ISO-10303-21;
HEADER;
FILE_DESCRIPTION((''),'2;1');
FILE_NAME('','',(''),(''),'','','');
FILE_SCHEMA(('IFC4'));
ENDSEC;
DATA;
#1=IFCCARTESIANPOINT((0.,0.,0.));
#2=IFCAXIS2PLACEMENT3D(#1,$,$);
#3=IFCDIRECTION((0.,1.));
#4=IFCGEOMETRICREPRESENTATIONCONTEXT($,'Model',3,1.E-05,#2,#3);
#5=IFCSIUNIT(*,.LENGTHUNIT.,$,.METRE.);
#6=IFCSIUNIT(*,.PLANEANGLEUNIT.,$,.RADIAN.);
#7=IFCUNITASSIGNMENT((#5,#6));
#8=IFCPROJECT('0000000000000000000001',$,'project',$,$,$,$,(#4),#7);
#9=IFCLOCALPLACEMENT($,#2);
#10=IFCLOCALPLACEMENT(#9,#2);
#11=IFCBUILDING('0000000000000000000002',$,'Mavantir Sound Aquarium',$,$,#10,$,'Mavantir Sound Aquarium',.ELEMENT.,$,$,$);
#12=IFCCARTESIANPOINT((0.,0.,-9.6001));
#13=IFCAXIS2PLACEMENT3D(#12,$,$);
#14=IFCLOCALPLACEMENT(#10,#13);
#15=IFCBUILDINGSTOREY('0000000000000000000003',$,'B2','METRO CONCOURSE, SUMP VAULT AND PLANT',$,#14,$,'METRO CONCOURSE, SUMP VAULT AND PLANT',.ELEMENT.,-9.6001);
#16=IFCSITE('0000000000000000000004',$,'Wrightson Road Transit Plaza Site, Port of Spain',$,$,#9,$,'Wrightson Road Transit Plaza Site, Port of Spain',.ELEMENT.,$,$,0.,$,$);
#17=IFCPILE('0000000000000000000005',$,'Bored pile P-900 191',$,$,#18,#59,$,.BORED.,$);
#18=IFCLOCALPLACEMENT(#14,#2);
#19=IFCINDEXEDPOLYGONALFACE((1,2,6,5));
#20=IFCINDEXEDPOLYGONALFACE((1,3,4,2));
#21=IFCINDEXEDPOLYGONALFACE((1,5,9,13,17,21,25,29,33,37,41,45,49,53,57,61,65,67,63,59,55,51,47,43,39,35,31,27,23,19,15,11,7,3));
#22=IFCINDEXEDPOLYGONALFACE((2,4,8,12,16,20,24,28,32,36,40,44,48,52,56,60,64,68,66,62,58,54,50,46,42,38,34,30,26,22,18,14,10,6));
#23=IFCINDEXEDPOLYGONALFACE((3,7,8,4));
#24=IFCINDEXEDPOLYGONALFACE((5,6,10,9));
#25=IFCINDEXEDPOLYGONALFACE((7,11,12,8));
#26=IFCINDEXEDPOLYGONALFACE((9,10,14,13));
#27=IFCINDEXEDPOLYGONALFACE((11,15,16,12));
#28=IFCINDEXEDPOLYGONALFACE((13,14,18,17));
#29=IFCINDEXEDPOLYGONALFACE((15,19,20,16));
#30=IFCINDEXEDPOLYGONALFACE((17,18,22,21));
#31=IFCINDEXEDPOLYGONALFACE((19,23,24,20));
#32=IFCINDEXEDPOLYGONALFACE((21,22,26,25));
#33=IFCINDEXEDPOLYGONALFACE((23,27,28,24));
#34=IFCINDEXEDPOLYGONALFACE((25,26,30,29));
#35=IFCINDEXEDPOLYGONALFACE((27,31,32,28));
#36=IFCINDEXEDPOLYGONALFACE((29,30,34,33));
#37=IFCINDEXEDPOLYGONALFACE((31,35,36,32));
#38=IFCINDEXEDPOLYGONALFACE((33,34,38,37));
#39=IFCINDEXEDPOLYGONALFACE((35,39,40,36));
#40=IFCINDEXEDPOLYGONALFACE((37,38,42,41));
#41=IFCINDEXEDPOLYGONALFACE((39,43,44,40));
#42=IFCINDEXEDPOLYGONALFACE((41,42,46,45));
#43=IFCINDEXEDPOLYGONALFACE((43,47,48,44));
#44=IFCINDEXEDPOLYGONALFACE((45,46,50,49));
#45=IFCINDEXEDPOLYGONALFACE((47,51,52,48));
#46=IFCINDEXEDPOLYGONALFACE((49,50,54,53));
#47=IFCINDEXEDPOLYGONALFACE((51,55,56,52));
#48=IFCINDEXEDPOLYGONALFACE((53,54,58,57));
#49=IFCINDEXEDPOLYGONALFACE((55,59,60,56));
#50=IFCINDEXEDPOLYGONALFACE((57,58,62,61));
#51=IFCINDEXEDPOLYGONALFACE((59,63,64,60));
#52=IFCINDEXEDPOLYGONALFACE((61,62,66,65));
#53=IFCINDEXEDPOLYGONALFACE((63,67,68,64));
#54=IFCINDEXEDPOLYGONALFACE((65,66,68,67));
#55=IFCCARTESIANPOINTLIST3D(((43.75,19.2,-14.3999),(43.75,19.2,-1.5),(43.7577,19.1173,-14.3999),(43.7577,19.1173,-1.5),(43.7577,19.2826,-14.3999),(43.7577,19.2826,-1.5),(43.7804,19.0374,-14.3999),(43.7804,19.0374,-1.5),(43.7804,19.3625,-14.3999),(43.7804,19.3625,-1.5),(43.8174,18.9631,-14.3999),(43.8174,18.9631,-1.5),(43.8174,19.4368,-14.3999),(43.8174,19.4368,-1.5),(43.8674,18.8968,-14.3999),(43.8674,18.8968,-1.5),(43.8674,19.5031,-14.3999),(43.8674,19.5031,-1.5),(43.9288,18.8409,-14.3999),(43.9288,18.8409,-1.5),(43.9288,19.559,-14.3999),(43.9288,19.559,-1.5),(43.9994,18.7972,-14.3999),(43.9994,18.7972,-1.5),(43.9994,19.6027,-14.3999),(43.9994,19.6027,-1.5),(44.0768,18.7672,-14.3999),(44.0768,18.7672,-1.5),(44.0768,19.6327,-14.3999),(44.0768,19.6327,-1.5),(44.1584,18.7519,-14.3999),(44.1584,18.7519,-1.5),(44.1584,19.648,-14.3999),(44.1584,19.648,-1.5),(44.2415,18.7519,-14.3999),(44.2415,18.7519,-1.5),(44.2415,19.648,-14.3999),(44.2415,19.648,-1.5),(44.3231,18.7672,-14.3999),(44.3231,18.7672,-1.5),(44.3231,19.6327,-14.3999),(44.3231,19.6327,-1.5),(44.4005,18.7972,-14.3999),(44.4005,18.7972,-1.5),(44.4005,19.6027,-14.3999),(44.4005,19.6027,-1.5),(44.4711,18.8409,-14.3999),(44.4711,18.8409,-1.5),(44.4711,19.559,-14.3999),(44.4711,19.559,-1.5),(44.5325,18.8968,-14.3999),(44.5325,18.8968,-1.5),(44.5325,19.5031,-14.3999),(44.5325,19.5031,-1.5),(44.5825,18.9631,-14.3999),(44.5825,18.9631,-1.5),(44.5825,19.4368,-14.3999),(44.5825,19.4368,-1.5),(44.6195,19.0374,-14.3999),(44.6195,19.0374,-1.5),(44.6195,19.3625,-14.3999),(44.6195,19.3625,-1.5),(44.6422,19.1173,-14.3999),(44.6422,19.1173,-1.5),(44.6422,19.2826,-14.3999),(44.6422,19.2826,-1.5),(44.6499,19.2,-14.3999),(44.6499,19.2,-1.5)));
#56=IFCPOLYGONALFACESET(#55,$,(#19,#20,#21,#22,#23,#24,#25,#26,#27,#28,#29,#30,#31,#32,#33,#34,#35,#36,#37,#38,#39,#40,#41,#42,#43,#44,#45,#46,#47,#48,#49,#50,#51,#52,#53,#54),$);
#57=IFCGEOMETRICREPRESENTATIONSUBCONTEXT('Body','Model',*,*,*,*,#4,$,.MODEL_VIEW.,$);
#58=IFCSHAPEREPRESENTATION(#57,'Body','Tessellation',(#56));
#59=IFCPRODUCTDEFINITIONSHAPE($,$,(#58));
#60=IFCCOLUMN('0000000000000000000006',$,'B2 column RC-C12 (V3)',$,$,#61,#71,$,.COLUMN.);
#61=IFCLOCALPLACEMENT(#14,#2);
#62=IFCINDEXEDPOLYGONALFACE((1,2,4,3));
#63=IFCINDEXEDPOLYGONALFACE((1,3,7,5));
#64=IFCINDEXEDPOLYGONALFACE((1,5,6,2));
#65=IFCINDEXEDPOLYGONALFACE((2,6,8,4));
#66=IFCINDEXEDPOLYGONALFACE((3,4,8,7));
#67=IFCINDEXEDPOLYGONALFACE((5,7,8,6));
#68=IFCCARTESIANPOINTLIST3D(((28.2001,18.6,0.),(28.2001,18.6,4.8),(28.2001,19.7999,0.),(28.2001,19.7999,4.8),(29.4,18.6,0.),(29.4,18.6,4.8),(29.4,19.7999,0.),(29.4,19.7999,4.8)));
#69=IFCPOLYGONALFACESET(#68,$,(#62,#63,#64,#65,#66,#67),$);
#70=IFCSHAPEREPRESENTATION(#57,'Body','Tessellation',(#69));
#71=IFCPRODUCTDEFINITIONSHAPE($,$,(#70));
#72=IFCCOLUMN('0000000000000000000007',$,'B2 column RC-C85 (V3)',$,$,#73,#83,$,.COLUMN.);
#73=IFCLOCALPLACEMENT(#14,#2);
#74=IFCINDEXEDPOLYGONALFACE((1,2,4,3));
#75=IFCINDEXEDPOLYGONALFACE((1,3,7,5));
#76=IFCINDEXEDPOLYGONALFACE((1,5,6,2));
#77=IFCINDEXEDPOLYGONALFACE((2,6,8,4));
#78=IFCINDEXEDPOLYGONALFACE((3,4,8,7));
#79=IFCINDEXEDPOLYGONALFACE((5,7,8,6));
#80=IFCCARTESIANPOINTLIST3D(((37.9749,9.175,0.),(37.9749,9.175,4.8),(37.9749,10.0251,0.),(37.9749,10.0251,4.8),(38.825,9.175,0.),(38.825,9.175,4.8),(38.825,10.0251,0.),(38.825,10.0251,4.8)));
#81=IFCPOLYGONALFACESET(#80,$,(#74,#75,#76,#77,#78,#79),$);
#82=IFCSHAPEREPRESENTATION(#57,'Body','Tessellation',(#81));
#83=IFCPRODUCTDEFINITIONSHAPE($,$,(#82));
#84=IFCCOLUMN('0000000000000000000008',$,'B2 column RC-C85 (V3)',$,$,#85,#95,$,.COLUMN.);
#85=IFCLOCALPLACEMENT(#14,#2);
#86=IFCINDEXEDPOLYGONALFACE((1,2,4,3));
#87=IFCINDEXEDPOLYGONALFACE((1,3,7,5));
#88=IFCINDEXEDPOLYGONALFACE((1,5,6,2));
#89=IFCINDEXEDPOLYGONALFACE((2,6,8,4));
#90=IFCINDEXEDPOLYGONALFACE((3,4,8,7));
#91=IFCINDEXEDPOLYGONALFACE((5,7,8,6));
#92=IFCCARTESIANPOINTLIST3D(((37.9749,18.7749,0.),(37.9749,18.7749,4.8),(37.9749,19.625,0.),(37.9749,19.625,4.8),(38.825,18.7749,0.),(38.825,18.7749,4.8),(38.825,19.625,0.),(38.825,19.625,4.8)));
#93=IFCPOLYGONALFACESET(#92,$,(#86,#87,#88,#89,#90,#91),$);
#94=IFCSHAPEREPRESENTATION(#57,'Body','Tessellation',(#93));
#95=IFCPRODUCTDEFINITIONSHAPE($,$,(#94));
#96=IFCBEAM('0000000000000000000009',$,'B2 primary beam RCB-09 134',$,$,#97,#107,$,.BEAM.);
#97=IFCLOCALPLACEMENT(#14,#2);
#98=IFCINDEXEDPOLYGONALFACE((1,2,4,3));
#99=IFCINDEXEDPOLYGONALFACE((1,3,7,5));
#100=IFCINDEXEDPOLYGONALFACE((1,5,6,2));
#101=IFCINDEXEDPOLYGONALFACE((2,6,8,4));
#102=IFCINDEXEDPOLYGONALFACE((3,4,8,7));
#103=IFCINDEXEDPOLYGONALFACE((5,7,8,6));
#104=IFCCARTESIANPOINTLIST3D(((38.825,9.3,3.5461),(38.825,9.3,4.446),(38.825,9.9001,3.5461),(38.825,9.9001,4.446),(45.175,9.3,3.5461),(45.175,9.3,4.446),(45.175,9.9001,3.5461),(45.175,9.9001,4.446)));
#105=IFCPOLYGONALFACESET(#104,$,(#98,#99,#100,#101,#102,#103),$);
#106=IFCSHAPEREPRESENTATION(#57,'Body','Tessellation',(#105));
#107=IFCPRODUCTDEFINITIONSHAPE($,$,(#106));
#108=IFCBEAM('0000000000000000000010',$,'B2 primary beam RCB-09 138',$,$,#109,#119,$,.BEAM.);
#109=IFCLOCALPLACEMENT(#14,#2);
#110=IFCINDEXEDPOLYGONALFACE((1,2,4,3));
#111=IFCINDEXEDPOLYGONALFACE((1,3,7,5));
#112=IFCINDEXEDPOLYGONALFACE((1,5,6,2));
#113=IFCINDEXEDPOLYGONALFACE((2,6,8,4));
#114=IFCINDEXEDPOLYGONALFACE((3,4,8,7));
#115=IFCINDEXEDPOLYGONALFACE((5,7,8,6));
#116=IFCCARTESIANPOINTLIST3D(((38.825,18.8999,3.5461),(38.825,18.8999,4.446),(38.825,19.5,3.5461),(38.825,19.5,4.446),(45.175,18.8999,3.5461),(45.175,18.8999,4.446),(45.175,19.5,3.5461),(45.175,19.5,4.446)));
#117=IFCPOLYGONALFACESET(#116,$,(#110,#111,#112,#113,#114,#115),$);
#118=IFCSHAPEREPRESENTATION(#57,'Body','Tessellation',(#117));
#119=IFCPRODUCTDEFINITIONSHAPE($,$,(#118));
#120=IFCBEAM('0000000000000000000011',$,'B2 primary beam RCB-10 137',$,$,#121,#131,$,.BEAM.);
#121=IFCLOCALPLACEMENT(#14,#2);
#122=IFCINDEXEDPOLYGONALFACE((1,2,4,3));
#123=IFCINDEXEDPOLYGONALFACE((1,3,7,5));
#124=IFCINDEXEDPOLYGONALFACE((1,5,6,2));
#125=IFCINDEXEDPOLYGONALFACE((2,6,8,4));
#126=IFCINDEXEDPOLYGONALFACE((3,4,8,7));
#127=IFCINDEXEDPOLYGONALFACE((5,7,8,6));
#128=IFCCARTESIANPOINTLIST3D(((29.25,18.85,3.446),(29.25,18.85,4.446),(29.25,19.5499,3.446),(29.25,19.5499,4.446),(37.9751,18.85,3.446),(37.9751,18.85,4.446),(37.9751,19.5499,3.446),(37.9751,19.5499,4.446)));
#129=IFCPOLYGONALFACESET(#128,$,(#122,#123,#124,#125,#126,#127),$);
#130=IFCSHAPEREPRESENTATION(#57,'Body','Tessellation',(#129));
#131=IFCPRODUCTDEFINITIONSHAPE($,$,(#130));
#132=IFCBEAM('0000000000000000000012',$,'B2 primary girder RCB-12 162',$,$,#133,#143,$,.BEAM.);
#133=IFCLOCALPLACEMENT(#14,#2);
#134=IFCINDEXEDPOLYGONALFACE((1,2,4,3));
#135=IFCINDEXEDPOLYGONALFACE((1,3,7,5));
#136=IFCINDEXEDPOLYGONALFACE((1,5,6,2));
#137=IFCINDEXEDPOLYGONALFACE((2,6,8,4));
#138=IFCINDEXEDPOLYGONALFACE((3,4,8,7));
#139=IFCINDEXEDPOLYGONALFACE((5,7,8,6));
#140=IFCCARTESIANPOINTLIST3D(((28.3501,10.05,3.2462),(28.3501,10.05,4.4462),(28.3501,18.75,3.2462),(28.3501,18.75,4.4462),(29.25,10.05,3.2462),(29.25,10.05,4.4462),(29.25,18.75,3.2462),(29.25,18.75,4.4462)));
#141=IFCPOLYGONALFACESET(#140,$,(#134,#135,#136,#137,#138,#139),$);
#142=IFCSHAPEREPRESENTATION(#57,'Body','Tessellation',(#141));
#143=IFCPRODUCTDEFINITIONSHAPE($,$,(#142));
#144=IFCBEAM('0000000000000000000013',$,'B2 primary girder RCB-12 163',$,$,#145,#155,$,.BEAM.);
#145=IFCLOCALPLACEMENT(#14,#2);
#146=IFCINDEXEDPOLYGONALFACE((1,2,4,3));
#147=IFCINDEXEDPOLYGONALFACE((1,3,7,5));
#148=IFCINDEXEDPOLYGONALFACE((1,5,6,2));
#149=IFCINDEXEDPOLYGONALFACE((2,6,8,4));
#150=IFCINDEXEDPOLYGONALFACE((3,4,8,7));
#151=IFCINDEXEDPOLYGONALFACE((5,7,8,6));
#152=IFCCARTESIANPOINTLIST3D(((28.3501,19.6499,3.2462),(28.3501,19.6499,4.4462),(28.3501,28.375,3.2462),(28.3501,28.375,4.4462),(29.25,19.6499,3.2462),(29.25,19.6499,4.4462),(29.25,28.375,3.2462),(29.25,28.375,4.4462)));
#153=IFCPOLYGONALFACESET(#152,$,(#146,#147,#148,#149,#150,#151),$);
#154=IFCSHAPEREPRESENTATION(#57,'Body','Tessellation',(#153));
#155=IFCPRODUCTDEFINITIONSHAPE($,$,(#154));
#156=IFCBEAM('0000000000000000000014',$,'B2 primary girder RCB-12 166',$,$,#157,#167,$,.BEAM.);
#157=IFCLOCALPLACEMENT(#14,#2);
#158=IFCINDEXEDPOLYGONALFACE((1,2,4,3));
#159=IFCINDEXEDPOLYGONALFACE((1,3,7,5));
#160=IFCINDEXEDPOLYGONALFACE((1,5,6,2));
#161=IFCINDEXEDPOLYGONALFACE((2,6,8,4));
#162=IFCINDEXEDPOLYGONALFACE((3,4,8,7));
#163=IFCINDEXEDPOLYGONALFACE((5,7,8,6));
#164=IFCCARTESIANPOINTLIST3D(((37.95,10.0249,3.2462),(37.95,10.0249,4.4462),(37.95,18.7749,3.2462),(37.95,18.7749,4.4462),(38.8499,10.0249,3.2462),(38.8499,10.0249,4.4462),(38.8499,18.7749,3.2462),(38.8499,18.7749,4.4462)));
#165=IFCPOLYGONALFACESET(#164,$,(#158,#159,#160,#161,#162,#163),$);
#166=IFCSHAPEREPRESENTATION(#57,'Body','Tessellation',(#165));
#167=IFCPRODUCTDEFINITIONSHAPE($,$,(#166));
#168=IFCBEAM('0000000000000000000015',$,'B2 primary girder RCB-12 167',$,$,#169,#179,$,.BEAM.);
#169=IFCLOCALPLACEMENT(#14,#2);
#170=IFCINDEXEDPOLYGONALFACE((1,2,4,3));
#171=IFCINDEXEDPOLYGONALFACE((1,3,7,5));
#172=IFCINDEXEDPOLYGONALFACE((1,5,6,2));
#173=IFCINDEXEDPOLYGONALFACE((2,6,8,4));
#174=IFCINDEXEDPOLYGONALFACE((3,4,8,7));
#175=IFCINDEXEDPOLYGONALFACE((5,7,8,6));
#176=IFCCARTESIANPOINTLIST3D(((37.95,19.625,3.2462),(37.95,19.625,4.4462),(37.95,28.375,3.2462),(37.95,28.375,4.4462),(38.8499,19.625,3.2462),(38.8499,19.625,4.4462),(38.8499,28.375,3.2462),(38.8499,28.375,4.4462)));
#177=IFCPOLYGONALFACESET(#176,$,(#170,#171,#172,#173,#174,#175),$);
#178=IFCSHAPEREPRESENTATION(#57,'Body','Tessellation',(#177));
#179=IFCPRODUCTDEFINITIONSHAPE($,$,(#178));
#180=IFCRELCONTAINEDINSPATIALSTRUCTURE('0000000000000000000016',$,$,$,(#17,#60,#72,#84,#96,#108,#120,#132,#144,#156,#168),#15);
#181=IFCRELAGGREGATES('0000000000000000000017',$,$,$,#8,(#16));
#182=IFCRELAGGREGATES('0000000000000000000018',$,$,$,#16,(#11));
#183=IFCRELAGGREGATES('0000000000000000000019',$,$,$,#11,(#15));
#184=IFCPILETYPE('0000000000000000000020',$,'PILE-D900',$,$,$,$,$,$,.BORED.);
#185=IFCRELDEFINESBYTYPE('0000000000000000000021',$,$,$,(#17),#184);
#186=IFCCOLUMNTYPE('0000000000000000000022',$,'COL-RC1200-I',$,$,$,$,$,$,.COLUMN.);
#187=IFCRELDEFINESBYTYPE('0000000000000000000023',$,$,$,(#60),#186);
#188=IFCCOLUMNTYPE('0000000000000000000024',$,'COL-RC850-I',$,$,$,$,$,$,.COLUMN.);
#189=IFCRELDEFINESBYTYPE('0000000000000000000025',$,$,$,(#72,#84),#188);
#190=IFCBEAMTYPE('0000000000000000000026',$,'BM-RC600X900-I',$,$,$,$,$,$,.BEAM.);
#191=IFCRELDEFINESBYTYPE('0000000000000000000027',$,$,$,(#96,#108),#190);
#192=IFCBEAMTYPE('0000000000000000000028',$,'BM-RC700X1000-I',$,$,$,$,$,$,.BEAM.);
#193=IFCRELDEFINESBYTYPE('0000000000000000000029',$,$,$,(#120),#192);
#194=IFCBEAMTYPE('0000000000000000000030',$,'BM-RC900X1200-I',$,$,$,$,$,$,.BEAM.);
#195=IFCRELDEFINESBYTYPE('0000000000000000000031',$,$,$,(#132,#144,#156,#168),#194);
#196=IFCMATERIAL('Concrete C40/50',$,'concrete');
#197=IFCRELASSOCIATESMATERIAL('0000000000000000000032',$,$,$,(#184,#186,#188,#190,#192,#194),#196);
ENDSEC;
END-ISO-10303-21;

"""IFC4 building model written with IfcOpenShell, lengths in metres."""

from ifc_helpers import new_model, si_unit, direction, frame, origin, origin_2d, place, context, subcontext, project, spatial, rectangle, circle, extrude, material, material_profile, profile_set, type_object, element, save


model = new_model("IFC4")

# Units and contexts
model_context = context("Model", 3, precision=1e-05, world=origin(), true_north=direction((0.0, 1.0)))
body_context = subcontext(model_context, "Body", "Model", "MODEL_VIEW")
ifc_project = project(units=[si_unit("LENGTHUNIT", "METRE"), si_unit("PLANEANGLEUNIT", "RADIAN")], contexts=[model_context])

# Site, building, storey
site_placement = place(None, origin())
site = spatial("IfcSite", under=ifc_project, at=site_placement, Name="Wrightson Road Transit Plaza Site, Port of Spain", LongName="Wrightson Road Transit Plaza Site, Port of Spain", CompositionType="ELEMENT", RefElevation=0.0)
building_placement = place(site_placement, origin())
building = spatial("IfcBuilding", under=site, at=building_placement, Name="Mavantir Sound Aquarium", LongName="Mavantir Sound Aquarium", CompositionType="ELEMENT")
storey_placement = place(building_placement, frame((0.0, 0.0, -9.6001)))
storey = spatial("IfcBuildingStorey", under=building, at=storey_placement, Name="B2", Description="METRO CONCOURSE, SUMP VAULT AND PLANT", LongName="METRO CONCOURSE, SUMP VAULT AND PLANT", CompositionType="ELEMENT", Elevation=-9.6001)

# Shared definitions
ifc_material_1 = material(Name="Concrete C40/50", Category="concrete")

# Pile
ifc_material_profile_1 = material_profile(ifc_material_1, circle(Radius=0.45, at=origin_2d()), Name="PILE D900")
ifc_profile_set_1 = profile_set([ifc_material_profile_1], Name="Concrete C40/50")
pile_type = type_object("IfcPileType", Name="PILE-D900", PredefinedType="BORED", material=ifc_profile_set_1)
pile_1_placement = place(storey_placement, frame((44.2, 19.2, -1.5), z_axis=(0.0, 0.0, -1.0), x_axis=(1.0, 0.0, 0.0)))
element("IfcPile", 1, at=pile_1_placement, inside=storey, type_object=pile_type, Name="Bored pile P-900 191", PredefinedType="BORED", context=body_context, shape_type="SweptSolid", body=[
    extrude(circle(Radius=0.45, at=origin_2d()), origin(), (0.0, 0.0, 1.0), 12.8999),
])

# Columns
ifc_material_profile_2 = material_profile(ifc_material_1, rectangle(XDim=1.2, YDim=1.2, at=origin_2d()), Name="RC 1200X1200")
ifc_profile_set_2 = profile_set([ifc_material_profile_2], Name="Concrete C40/50")
column_type_1 = type_object("IfcColumnType", Name="COL-RC1200-I", PredefinedType="COLUMN", material=ifc_profile_set_2)
column_placement = place(storey_placement, frame((28.8, 19.2, 0.0), z_axis=(0.0, 0.0, 1.0), x_axis=(1.0, 0.0, 0.0)))
element("IfcColumn", 2, at=column_placement, inside=storey, type_object=column_type_1, Name="B2 column RC-C12 (V3)", PredefinedType="COLUMN", context=body_context, shape_type="SweptSolid", body=[
    extrude(rectangle(XDim=1.2, YDim=1.2, at=origin_2d()), origin(), (0.0, 0.0, 1.0), 4.8),
])
ifc_material_profile_3 = material_profile(ifc_material_1, rectangle(XDim=0.8501, YDim=0.8501, at=origin_2d()), Name="RC 850X850")
ifc_profile_set_3 = profile_set([ifc_material_profile_3], Name="Concrete C40/50")
column_type_2 = type_object("IfcColumnType", Name="COL-RC850-I", PredefinedType="COLUMN", material=ifc_profile_set_3)
for number, where, z_axis, x_axis, name in (
    (3, (38.3999, 9.6001, 0.0), (0.0, 0.0, 1.0), (1.0, 0.0, 0.0), "B2 column RC-C85 (V3)"),
    (4, (38.3999, 19.2, 0.0), (0.0, 0.0, 1.0), (1.0, 0.0, 0.0), "B2 column RC-C85 (V3)"),
):
    element("IfcColumn", number, at=place(storey_placement, frame(where, z_axis=z_axis, x_axis=x_axis)), inside=storey, type_object=column_type_2, Name=name, PredefinedType="COLUMN", context=body_context, shape_type="SweptSolid", body=[
        extrude(rectangle(XDim=0.8501, YDim=0.8501, at=origin_2d()), origin(), (0.0, 0.0, 1.0), 4.8),
    ])

# Beams
ifc_material_profile_4 = material_profile(ifc_material_1, rectangle(XDim=0.6001, YDim=0.8999, at=origin_2d()), Name="RC 600X900")
ifc_profile_set_4 = profile_set([ifc_material_profile_4], Name="Concrete C40/50")
beam_type_1 = type_object("IfcBeamType", Name="BM-RC600X900-I", PredefinedType="BEAM", material=ifc_profile_set_4)
for number, where, z_axis, x_axis, name in (
    (5, (38.825, 9.6001, 3.9961), (1.0, 0.0, 0.0), (0.0, 1.0, 0.0), "B2 primary beam RCB-09 134"),
    (6, (38.825, 19.2, 3.9961), (1.0, 0.0, 0.0), (0.0, 1.0, 0.0), "B2 primary beam RCB-09 138"),
):
    element("IfcBeam", number, at=place(storey_placement, frame(where, z_axis=z_axis, x_axis=x_axis)), inside=storey, type_object=beam_type_1, Name=name, PredefinedType="BEAM", context=body_context, shape_type="SweptSolid", body=[
        extrude(rectangle(XDim=0.6001, YDim=0.8999, at=origin_2d()), origin(), (0.0, 0.0, 1.0), 6.3501),
    ])
ifc_material_profile_5 = material_profile(ifc_material_1, rectangle(XDim=0.7, YDim=1.0, at=origin_2d()), Name="RC 700X1000")
ifc_profile_set_5 = profile_set([ifc_material_profile_5], Name="Concrete C40/50")
beam_type_2 = type_object("IfcBeamType", Name="BM-RC700X1000-I", PredefinedType="BEAM", material=ifc_profile_set_5)
beam_1_placement = place(storey_placement, frame((29.25, 19.2, 3.946), z_axis=(1.0, 0.0, 0.0), x_axis=(0.0, 1.0, 0.0)))
element("IfcBeam", 7, at=beam_1_placement, inside=storey, type_object=beam_type_2, Name="B2 primary beam RCB-10 137", PredefinedType="BEAM", context=body_context, shape_type="SweptSolid", body=[
    extrude(rectangle(XDim=0.7, YDim=1.0, at=origin_2d()), origin(), (0.0, 0.0, 1.0), 8.7251),
])
ifc_material_profile_6 = material_profile(ifc_material_1, rectangle(XDim=0.8999, YDim=1.2, at=origin_2d()), Name="RC 900X1200")
ifc_profile_set_6 = profile_set([ifc_material_profile_6], Name="Concrete C40/50")
beam_type_3 = type_object("IfcBeamType", Name="BM-RC900X1200-I", PredefinedType="BEAM", material=ifc_profile_set_6)
beam_2_placement = place(storey_placement, frame((28.8, 10.05, 3.8462), z_axis=(0.0, 1.0, 0.0), x_axis=(-1.0, 0.0, 0.0)))
element("IfcBeam", 8, at=beam_2_placement, inside=storey, type_object=beam_type_3, Name="B2 primary girder RCB-12 162", PredefinedType="BEAM", context=body_context, shape_type="SweptSolid", body=[
    extrude(rectangle(XDim=0.8999, YDim=1.2, at=origin_2d()), origin(), (0.0, 0.0, 1.0), 8.7),
])
beam_3_placement = place(storey_placement, frame((28.8, 19.6499, 3.8462), z_axis=(0.0, 1.0, 0.0), x_axis=(-1.0, 0.0, 0.0)))
element("IfcBeam", 9, at=beam_3_placement, inside=storey, type_object=beam_type_3, Name="B2 primary girder RCB-12 163", PredefinedType="BEAM", context=body_context, shape_type="SweptSolid", body=[
    extrude(rectangle(XDim=0.8999, YDim=1.2, at=origin_2d()), origin(), (0.0, 0.0, 1.0), 8.7251),
])
for number, where, z_axis, x_axis, name in (
    (10, (38.3999, 10.0249, 3.8462), (0.0, 1.0, 0.0), (-1.0, 0.0, 0.0), "B2 primary girder RCB-12 166"),
    (11, (38.3999, 19.625, 3.8462), (0.0, 1.0, 0.0), (-1.0, 0.0, 0.0), "B2 primary girder RCB-12 167"),
):
    element("IfcBeam", number, at=place(storey_placement, frame(where, z_axis=z_axis, x_axis=x_axis)), inside=storey, type_object=beam_type_3, Name=name, PredefinedType="BEAM", context=body_context, shape_type="SweptSolid", body=[
        extrude(rectangle(XDim=0.8999, YDim=1.2, at=origin_2d()), origin(), (0.0, 0.0, 1.0), 8.75),
    ])

save(model, "model.ifc")
